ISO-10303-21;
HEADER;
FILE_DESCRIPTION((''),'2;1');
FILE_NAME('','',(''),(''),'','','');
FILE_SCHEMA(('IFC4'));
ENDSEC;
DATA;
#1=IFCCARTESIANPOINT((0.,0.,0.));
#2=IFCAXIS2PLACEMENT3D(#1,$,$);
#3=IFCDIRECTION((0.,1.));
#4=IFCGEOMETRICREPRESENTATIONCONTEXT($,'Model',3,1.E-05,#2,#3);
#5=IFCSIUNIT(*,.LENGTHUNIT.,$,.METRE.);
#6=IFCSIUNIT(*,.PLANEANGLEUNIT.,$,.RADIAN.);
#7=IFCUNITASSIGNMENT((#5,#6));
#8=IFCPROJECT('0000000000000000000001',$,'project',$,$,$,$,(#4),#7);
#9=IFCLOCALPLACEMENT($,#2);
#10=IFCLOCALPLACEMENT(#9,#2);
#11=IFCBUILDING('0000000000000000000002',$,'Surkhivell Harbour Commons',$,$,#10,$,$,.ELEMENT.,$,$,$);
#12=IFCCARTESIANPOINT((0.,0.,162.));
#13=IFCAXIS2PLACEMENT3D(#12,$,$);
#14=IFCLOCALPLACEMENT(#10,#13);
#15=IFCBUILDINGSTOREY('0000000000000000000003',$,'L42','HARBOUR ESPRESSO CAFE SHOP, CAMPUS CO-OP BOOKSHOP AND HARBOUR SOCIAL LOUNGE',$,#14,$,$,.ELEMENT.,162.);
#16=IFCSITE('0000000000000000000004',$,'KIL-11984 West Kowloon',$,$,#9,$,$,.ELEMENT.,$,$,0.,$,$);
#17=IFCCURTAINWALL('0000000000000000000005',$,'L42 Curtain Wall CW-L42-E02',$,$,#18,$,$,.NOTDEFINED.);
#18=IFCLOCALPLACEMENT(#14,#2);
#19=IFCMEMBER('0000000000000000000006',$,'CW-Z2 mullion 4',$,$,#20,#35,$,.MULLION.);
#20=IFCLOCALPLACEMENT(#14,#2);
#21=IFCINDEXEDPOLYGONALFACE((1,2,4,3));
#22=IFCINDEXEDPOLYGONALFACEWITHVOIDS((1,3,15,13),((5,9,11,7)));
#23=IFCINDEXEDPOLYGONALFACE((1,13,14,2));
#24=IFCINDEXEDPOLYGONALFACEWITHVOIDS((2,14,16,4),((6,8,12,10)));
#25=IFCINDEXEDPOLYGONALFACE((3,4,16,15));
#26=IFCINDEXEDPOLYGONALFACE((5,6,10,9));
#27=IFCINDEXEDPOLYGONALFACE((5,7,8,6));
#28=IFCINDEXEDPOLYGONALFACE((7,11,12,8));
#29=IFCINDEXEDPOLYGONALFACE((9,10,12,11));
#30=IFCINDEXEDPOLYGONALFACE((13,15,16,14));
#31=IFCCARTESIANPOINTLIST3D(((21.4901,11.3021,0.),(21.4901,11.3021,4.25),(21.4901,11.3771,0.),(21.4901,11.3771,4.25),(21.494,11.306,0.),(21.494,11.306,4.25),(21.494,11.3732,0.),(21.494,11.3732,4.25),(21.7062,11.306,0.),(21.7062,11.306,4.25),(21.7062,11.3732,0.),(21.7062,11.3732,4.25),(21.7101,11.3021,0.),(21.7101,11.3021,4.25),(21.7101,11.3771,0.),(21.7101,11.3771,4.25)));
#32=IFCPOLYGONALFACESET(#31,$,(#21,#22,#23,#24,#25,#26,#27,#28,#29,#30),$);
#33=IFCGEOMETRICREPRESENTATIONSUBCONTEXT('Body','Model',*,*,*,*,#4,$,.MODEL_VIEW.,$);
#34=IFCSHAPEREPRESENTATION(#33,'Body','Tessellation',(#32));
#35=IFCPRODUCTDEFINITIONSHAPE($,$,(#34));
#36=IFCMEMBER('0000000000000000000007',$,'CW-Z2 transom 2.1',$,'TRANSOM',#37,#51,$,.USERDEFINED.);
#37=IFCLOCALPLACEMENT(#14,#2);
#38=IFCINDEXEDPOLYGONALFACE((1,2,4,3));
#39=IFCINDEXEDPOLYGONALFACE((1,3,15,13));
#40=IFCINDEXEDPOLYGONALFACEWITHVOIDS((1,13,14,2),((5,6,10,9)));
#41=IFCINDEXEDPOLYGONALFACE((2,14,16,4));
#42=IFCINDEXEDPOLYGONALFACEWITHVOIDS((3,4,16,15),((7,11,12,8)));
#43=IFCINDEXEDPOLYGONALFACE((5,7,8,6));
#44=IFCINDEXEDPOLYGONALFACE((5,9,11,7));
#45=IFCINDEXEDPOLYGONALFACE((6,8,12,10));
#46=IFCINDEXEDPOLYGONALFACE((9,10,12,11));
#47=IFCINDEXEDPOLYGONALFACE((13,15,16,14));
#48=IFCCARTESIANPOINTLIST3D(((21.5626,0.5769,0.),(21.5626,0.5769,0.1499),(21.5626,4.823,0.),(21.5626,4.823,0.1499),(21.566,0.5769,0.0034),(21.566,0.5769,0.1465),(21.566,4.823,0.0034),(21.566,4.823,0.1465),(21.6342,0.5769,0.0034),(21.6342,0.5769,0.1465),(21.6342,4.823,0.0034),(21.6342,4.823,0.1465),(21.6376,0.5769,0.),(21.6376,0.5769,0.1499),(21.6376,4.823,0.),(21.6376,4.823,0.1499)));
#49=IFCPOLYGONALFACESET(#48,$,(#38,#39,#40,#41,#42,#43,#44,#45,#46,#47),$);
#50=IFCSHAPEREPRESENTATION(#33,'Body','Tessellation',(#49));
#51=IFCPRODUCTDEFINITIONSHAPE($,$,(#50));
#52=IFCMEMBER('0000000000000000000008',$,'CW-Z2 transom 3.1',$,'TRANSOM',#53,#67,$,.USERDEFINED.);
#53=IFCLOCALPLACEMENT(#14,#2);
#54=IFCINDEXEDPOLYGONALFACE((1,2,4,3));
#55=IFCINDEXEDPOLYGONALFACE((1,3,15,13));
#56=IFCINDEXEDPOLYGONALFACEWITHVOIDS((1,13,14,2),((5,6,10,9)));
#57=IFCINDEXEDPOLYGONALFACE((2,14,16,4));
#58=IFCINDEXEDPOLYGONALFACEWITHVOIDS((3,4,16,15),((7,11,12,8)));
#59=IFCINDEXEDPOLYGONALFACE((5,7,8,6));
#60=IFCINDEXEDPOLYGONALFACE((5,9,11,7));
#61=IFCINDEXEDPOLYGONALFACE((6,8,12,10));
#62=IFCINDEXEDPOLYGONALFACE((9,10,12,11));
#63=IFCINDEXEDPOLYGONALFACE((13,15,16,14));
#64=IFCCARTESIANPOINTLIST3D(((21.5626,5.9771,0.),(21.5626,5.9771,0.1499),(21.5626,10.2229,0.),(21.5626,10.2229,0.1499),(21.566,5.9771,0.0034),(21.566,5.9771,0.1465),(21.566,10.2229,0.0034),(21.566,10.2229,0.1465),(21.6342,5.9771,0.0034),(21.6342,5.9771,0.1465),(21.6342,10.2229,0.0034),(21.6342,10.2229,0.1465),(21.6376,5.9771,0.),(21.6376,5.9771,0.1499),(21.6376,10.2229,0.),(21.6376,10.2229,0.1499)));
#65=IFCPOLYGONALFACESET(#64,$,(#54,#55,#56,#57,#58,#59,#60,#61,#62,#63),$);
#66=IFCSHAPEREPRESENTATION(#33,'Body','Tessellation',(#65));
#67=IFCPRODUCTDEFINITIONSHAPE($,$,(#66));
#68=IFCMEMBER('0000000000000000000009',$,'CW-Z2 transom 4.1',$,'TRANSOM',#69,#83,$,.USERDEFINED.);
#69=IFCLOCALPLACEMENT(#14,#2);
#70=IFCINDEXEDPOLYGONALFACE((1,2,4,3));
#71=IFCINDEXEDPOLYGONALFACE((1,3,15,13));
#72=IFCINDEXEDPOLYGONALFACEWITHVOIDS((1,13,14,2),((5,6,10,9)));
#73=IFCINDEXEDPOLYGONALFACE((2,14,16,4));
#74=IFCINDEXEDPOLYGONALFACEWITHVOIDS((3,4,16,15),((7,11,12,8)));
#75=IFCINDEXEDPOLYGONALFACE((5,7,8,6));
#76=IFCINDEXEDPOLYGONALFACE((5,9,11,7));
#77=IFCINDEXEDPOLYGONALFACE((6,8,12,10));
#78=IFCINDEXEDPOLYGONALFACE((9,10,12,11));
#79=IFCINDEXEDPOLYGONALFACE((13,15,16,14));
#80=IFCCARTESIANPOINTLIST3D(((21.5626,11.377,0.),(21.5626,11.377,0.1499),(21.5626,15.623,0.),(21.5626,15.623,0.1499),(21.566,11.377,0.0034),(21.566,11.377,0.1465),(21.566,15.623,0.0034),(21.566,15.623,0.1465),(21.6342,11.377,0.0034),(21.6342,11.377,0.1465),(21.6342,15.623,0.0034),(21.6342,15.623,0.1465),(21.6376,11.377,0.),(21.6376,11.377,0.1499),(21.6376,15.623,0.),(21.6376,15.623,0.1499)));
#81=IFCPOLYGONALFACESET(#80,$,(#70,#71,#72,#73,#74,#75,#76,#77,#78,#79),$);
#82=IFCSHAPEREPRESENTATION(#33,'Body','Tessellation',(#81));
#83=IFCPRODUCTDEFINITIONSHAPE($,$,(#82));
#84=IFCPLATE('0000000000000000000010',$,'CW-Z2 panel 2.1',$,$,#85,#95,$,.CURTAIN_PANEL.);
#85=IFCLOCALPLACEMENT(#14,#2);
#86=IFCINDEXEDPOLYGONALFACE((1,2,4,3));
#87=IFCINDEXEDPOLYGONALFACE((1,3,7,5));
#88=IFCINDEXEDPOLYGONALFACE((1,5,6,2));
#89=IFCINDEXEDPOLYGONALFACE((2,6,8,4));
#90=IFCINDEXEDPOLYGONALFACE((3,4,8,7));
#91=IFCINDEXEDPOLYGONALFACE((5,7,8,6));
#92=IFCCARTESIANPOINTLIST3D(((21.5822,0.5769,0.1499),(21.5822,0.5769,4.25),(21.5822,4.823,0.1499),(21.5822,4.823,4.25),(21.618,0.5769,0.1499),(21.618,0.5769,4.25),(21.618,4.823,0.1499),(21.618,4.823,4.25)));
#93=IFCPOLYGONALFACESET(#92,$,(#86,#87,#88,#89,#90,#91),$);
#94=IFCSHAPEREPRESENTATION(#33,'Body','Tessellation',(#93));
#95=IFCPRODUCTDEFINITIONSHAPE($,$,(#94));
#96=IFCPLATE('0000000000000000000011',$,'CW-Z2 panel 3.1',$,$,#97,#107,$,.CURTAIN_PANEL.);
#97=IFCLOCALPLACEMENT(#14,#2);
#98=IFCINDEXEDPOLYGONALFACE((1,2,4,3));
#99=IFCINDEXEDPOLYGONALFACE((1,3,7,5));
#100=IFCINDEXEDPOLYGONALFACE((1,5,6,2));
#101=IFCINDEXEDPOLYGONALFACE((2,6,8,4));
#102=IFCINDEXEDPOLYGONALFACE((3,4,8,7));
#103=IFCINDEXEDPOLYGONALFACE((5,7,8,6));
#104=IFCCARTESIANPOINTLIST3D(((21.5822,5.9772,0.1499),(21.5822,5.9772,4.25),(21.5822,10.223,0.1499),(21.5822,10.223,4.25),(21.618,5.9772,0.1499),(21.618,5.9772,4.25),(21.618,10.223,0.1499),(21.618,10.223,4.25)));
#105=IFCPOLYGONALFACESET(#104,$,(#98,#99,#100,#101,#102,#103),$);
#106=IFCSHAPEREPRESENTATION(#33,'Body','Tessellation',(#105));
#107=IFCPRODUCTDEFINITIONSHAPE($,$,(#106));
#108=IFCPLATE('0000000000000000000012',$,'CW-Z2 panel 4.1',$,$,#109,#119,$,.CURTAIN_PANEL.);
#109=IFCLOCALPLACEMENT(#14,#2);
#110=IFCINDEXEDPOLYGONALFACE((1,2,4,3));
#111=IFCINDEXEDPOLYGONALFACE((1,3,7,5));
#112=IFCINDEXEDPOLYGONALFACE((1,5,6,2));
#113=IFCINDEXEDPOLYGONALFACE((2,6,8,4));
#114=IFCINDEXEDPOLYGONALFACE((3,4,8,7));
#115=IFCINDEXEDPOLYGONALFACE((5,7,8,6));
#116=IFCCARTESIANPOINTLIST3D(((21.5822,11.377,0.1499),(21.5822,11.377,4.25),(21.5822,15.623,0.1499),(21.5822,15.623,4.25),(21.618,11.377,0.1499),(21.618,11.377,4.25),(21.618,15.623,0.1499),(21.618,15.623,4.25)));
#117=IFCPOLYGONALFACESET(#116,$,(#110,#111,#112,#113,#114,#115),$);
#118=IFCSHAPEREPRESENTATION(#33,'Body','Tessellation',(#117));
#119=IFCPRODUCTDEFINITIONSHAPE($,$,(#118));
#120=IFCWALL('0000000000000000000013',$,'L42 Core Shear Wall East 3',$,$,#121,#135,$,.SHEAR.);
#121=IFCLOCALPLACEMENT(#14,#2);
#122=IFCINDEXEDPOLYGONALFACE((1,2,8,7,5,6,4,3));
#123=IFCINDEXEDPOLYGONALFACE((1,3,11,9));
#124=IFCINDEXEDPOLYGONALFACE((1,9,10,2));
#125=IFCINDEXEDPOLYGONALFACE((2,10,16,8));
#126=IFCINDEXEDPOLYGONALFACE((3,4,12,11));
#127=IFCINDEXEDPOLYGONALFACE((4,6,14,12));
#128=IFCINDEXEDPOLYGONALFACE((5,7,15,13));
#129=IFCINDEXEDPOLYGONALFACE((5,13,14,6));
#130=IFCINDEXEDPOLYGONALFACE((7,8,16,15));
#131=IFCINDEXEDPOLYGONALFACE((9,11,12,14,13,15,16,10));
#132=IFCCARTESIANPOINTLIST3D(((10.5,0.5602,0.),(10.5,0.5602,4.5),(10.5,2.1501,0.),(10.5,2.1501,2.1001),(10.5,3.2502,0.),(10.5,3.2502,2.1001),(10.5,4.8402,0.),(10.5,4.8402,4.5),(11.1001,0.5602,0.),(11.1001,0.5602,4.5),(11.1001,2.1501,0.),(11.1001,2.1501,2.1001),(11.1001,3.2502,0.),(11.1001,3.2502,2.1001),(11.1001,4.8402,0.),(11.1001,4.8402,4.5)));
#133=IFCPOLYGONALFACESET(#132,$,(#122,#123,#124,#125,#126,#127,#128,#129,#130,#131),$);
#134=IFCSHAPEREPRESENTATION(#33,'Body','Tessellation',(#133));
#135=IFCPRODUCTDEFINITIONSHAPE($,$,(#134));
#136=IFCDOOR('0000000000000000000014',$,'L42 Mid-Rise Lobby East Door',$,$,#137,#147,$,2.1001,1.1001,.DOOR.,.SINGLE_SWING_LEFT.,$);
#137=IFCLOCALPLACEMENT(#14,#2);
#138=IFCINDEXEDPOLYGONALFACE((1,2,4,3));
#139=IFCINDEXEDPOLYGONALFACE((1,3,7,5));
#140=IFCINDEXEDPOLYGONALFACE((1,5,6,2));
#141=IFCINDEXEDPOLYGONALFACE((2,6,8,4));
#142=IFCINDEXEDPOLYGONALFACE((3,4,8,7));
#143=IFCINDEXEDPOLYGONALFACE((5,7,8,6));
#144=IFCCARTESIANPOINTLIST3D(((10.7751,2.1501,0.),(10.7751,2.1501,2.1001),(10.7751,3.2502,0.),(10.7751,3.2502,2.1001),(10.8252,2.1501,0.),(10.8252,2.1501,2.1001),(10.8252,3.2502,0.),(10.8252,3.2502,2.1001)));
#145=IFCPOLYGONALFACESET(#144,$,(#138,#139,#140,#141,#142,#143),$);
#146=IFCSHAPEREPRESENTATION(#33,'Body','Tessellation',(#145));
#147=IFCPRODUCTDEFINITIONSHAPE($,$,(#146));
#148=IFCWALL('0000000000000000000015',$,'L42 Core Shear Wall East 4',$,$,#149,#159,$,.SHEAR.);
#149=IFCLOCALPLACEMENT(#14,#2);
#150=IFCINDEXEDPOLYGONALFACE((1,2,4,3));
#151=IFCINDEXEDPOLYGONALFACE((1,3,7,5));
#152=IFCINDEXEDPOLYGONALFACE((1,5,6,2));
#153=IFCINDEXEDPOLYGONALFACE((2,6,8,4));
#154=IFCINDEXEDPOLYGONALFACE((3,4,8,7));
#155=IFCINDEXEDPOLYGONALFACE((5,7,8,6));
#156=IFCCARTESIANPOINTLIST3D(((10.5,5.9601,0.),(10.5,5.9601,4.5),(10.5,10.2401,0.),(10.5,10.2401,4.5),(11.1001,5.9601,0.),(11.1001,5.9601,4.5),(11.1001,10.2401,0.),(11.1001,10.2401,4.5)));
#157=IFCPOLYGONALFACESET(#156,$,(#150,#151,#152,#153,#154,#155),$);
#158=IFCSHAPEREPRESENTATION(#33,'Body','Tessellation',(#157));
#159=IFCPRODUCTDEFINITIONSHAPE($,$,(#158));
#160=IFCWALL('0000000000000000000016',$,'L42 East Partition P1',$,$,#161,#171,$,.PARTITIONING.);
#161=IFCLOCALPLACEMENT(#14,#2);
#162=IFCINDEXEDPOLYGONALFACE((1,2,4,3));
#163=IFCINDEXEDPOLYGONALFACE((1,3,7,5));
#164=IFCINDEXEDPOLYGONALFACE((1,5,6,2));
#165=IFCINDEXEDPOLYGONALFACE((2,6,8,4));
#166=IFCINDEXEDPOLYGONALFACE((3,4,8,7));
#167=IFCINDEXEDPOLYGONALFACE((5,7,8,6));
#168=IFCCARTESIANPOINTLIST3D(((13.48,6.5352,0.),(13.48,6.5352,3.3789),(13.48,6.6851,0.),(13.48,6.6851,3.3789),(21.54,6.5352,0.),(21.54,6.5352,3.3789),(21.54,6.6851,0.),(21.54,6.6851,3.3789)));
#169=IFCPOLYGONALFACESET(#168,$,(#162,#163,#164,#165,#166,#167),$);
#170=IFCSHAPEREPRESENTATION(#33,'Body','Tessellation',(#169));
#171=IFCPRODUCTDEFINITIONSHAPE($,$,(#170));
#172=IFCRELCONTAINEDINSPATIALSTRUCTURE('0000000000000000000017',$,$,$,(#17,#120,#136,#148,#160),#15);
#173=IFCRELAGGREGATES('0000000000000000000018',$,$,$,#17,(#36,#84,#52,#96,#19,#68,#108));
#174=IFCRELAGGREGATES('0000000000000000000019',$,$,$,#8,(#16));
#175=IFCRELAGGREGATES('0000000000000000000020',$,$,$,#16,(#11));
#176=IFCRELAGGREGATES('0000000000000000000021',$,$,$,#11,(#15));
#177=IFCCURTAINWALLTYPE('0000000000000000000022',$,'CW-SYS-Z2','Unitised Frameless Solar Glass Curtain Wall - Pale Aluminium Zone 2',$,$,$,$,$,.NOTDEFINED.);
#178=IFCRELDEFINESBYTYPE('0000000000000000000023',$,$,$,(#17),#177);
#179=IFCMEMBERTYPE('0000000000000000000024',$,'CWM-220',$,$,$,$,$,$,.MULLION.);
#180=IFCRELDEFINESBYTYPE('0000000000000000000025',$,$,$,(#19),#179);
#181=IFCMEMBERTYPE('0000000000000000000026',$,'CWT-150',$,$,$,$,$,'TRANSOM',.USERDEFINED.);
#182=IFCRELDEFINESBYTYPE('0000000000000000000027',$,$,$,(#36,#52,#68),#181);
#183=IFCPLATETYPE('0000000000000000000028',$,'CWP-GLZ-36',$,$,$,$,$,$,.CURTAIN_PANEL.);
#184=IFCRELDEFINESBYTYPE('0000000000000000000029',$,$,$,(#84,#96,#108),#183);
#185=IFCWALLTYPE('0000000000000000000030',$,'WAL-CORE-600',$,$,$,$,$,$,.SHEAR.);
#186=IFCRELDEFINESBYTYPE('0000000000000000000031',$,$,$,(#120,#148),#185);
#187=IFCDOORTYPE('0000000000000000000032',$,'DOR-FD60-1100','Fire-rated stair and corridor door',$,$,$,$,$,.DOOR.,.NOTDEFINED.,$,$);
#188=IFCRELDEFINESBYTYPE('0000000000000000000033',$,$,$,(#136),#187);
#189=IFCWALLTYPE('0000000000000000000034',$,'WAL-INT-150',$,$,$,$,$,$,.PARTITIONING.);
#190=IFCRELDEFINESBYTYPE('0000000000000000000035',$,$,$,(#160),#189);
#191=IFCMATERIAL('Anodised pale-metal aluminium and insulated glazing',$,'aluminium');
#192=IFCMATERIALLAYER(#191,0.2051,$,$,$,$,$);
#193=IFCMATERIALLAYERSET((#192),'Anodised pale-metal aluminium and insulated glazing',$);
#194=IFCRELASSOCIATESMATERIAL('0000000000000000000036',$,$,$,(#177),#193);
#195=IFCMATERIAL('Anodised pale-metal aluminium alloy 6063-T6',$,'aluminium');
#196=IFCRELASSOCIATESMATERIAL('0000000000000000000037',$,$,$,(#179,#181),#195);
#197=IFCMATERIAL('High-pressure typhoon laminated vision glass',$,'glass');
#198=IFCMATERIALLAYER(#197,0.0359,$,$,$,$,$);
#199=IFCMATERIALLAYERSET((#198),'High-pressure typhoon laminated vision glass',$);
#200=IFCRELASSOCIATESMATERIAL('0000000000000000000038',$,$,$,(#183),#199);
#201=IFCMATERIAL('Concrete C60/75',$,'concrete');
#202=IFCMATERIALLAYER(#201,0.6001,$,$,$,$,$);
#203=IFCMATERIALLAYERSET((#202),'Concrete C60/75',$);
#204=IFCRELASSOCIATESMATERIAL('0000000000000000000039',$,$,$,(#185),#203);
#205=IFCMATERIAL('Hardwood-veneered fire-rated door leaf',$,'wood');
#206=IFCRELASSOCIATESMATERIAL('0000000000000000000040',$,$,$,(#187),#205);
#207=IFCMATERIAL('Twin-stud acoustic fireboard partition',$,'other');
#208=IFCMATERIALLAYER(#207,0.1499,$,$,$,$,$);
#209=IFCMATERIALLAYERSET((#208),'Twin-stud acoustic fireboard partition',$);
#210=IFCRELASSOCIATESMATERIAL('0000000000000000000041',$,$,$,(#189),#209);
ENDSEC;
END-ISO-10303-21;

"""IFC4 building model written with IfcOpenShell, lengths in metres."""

from ifc_helpers import new_model, si_unit, direction, frame, frame_2d, origin, origin_2d, place, context, subcontext, project, spatial, rectangle, hollow_rectangle, extrude, material, layer, layer_set, material_profile, profile_set, type_object, element, fill, aggregate, save


model = new_model("IFC4")

# Units and contexts
model_context = context("Model", 3, precision=1e-05, world=origin(), true_north=direction((0.0, 1.0)))
body_context = subcontext(model_context, "Body", "Model", "MODEL_VIEW")
ifc_project = project(units=[si_unit("LENGTHUNIT", "METRE"), si_unit("PLANEANGLEUNIT", "RADIAN")], contexts=[model_context])

# Site, building, storey
site_placement = place(None, origin())
site = spatial("IfcSite", under=ifc_project, at=site_placement, Name="KIL-11984 West Kowloon", CompositionType="ELEMENT", RefElevation=0.0)
building_placement = place(site_placement, origin())
building = spatial("IfcBuilding", under=site, at=building_placement, Name="Surkhivell Harbour Commons", CompositionType="ELEMENT")
storey_placement = place(building_placement, frame((0.0, 0.0, 162.0)))
storey = spatial("IfcBuildingStorey", under=building, at=storey_placement, Name="L42", Description="HARBOUR ESPRESSO CAFE SHOP, CAMPUS CO-OP BOOKSHOP AND HARBOUR SOCIAL LOUNGE", CompositionType="ELEMENT", Elevation=162.0)

# Shared definitions
ifc_material_1 = material(Name="Concrete C60/75", Category="concrete")

# Curtain wall, members, plates
ifc_material_2 = material(Name="Anodised pale-metal aluminium and insulated glazing", Category="aluminium")
ifc_layer_1 = layer(ifc_material_2, 0.2051)
ifc_layer_set_1 = layer_set([ifc_layer_1], Name="Anodised pale-metal aluminium and insulated glazing")
curtain_wall_type = type_object("IfcCurtainWallType", Name="CW-SYS-Z2", Description="Unitised Frameless Solar Glass Curtain Wall - Pale Aluminium Zone 2", PredefinedType="NOTDEFINED", material=ifc_layer_set_1)
curtain_wall_placement = place(storey_placement, origin())
curtain_wall = element("IfcCurtainWall", 1, at=curtain_wall_placement, inside=storey, type_object=curtain_wall_type, Name="L42 Curtain Wall CW-L42-E02", PredefinedType="NOTDEFINED")
ifc_material_3 = material(Name="Anodised pale-metal aluminium alloy 6063-T6", Category="aluminium")
ifc_material_profile_1 = material_profile(ifc_material_3, hollow_rectangle(XDim=0.075, YDim=0.22, WallThickness=0.0039, at=origin_2d()), Name="ALU-MULL-75x220")
ifc_profile_set_1 = profile_set([ifc_material_profile_1], Name="Anodised pale-metal aluminium alloy 6063-T6")
member_type_1 = type_object("IfcMemberType", Name="CWM-220", PredefinedType="MULLION", material=ifc_profile_set_1)
member_1_placement = place(storey_placement, frame((21.6001, 11.3396, 0.0), z_axis=(0.0, 0.0, 1.0), x_axis=(0.0, 1.0, 0.0)))
member_1 = element("IfcMember", 2, at=member_1_placement, type_object=member_type_1, Name="CW-Z2 mullion 4", PredefinedType="MULLION", context=body_context, shape_type="SweptSolid", body=[
    extrude(hollow_rectangle(XDim=0.075, YDim=0.22, WallThickness=0.0039, at=origin_2d()), origin(), (0.0, 0.0, 1.0), 4.25),
])
ifc_material_profile_2 = material_profile(ifc_material_3, hollow_rectangle(XDim=0.075, YDim=0.1499, WallThickness=0.0034, at=origin_2d()), Name="ALU-TRAN-75x150")
ifc_profile_set_2 = profile_set([ifc_material_profile_2], Name="Anodised pale-metal aluminium alloy 6063-T6")
member_type_2 = type_object("IfcMemberType", Name="CWT-150", ElementType="TRANSOM", PredefinedType="USERDEFINED", material=ifc_profile_set_2)
member_2_placement = place(storey_placement, frame((21.6001, 0.5769, 0.075), z_axis=(0.0, 1.0, 0.0), x_axis=(-1.0, 0.0, 0.0)))
member_2 = element("IfcMember", 3, at=member_2_placement, type_object=member_type_2, Name="CW-Z2 transom 2.1", ObjectType="TRANSOM", PredefinedType="USERDEFINED", context=body_context, shape_type="SweptSolid", body=[
    extrude(hollow_rectangle(XDim=0.075, YDim=0.1499, WallThickness=0.0034, at=origin_2d()), origin(), (0.0, 0.0, 1.0), 4.2461),
])
member_3_placement = place(storey_placement, frame((21.6001, 5.9771, 0.075), z_axis=(0.0, 1.0, 0.0), x_axis=(-1.0, 0.0, 0.0)))
member_3 = element("IfcMember", 4, at=member_3_placement, type_object=member_type_2, Name="CW-Z2 transom 3.1", ObjectType="TRANSOM", PredefinedType="USERDEFINED", context=body_context, shape_type="SweptSolid", body=[
    extrude(hollow_rectangle(XDim=0.075, YDim=0.1499, WallThickness=0.0034, at=origin_2d()), origin(), (0.0, 0.0, 1.0), 4.2458),
])
member_4_placement = place(storey_placement, frame((21.6001, 11.377, 0.075), z_axis=(0.0, 1.0, 0.0), x_axis=(-1.0, 0.0, 0.0)))
member_4 = element("IfcMember", 5, at=member_4_placement, type_object=member_type_2, Name="CW-Z2 transom 4.1", ObjectType="TRANSOM", PredefinedType="USERDEFINED", context=body_context, shape_type="SweptSolid", body=[
    extrude(hollow_rectangle(XDim=0.075, YDim=0.1499, WallThickness=0.0034, at=origin_2d()), origin(), (0.0, 0.0, 1.0), 4.2461),
])
ifc_material_4 = material(Name="High-pressure typhoon laminated vision glass", Category="glass")
ifc_layer_2 = layer(ifc_material_4, 0.0359)
ifc_layer_set_2 = layer_set([ifc_layer_2], Name="High-pressure typhoon laminated vision glass")
plate_type = type_object("IfcPlateType", Name="CWP-GLZ-36", PredefinedType="CURTAIN_PANEL", material=ifc_layer_set_2)
plate_1_placement = place(storey_placement, frame((21.6001, 0.5769, 0.1499), z_axis=(0.0, 0.0, 1.0), x_axis=(0.0, 1.0, 0.0)))
plate_1 = element("IfcPlate", 6, at=plate_1_placement, type_object=plate_type, Name="CW-Z2 panel 2.1", PredefinedType="CURTAIN_PANEL", context=body_context, shape_type="SweptSolid", body=[
    extrude(rectangle(XDim=4.2461, YDim=0.0359, at=frame_2d((2.123, 0.0))), origin(), (0.0, 0.0, 1.0), 4.1001),
])
plate_2_placement = place(storey_placement, frame((21.6001, 5.9771, 0.1499), z_axis=(0.0, 0.0, 1.0), x_axis=(0.0, 1.0, 0.0)))
plate_2 = element("IfcPlate", 7, at=plate_2_placement, type_object=plate_type, Name="CW-Z2 panel 3.1", PredefinedType="CURTAIN_PANEL", context=body_context, shape_type="SweptSolid", body=[
    extrude(rectangle(XDim=4.2458, YDim=0.0359, at=frame_2d((2.123, 0.0))), origin(), (0.0, 0.0, 1.0), 4.1001),
])
plate_3_placement = place(storey_placement, frame((21.6001, 11.377, 0.1499), z_axis=(0.0, 0.0, 1.0), x_axis=(0.0, 1.0, 0.0)))
plate_3 = element("IfcPlate", 8, at=plate_3_placement, type_object=plate_type, Name="CW-Z2 panel 4.1", PredefinedType="CURTAIN_PANEL", context=body_context, shape_type="SweptSolid", body=[
    extrude(rectangle(XDim=4.2461, YDim=0.0359, at=frame_2d((2.123, 0.0))), origin(), (0.0, 0.0, 1.0), 4.1001),
])
aggregate(curtain_wall, [member_2, plate_1, member_3, plate_2, member_1, member_4, plate_3])

# Wall, opening, door
ifc_layer_3 = layer(ifc_material_1, 0.6001)
ifc_layer_set_3 = layer_set([ifc_layer_3], Name="Concrete C60/75")
wall_type_1 = type_object("IfcWallType", Name="WAL-CORE-600", PredefinedType="SHEAR", material=ifc_layer_set_3)
wall_1_placement = place(storey_placement, frame((10.8, 0.5601, 0.0), z_axis=(0.0, 0.0, 1.0), x_axis=(0.0, 1.0, 0.0)))
wall_1 = element("IfcWall", 9, at=wall_1_placement, inside=storey, type_object=wall_type_1, Name="L42 Core Shear Wall East 3", PredefinedType="SHEAR", context=body_context, shape_type="SweptSolid", body=[
    extrude(rectangle(XDim=4.28, YDim=0.6001, at=frame_2d((2.1401, 0.0))), origin(), (0.0, 0.0, 1.0), 4.5),
])
opening_placement = place(wall_1_placement, frame((1.5901, 0.0, 0.0)))
opening = element("IfcOpeningElement", 10, at=opening_placement, cuts=wall_1, PredefinedType="OPENING", context=body_context, shape_type="SweptSolid", body=[
    extrude(rectangle(XDim=1.1001, YDim=2.1001, at=frame_2d((0.55, 1.05))), frame((0.0, 0.3101, 0.0), z_axis=(0.0, -1.0, 0.0), x_axis=(1.0, 0.0, 0.0)), (0.0, 0.0, 1.0), 0.6201),
])
ifc_material_5 = material(Name="Hardwood-veneered fire-rated door leaf", Category="wood")
door_type = type_object("IfcDoorType", Name="DOR-FD60-1100", Description="Fire-rated stair and corridor door", OperationType="NOTDEFINED", PredefinedType="DOOR", material=ifc_material_5)
door_placement = place(opening_placement, origin())
door = element("IfcDoor", 11, at=door_placement, inside=storey, type_object=door_type, Name="L42 Mid-Rise Lobby East Door", OperationType="SINGLE_SWING_LEFT", OverallHeight=2.1001, OverallWidth=1.1001, PredefinedType="DOOR", context=body_context, shape_type="SweptSolid", body=[
    extrude(rectangle(XDim=1.1001, YDim=2.1001, at=frame_2d((0.55, 1.05))), frame((0.0, 0.0249, 0.0), z_axis=(0.0, -1.0, 0.0), x_axis=(1.0, 0.0, 0.0)), (0.0, 0.0, 1.0), 0.05),
])
fill(opening, door)

# Walls
wall_2_placement = place(storey_placement, frame((10.8, 5.96, 0.0), z_axis=(0.0, 0.0, 1.0), x_axis=(0.0, 1.0, 0.0)))
element("IfcWall", 12, at=wall_2_placement, inside=storey, type_object=wall_type_1, Name="L42 Core Shear Wall East 4", PredefinedType="SHEAR", context=body_context, shape_type="SweptSolid", body=[
    extrude(rectangle(XDim=4.28, YDim=0.6001, at=frame_2d((2.1401, 0.0))), origin(), (0.0, 0.0, 1.0), 4.5),
])
ifc_material_6 = material(Name="Twin-stud acoustic fireboard partition", Category="other")
ifc_layer_4 = layer(ifc_material_6, 0.1499)
ifc_layer_set_4 = layer_set([ifc_layer_4], Name="Twin-stud acoustic fireboard partition")
wall_type_2 = type_object("IfcWallType", Name="WAL-INT-150", PredefinedType="PARTITIONING", material=ifc_layer_set_4)
wall_3_placement = place(storey_placement, frame((13.48, 6.6101, 0.0), z_axis=(0.0, 0.0, 1.0), x_axis=(1.0, 0.0, 0.0)))
element("IfcWall", 13, at=wall_3_placement, inside=storey, type_object=wall_type_2, Name="L42 East Partition P1", PredefinedType="PARTITIONING", context=body_context, shape_type="SweptSolid", body=[
    extrude(rectangle(XDim=8.0601, YDim=0.1499, at=frame_2d((4.03, 0.0))), origin(), (0.0, 0.0, 1.0), 3.3789),
])

save(model, "model.ifc")
